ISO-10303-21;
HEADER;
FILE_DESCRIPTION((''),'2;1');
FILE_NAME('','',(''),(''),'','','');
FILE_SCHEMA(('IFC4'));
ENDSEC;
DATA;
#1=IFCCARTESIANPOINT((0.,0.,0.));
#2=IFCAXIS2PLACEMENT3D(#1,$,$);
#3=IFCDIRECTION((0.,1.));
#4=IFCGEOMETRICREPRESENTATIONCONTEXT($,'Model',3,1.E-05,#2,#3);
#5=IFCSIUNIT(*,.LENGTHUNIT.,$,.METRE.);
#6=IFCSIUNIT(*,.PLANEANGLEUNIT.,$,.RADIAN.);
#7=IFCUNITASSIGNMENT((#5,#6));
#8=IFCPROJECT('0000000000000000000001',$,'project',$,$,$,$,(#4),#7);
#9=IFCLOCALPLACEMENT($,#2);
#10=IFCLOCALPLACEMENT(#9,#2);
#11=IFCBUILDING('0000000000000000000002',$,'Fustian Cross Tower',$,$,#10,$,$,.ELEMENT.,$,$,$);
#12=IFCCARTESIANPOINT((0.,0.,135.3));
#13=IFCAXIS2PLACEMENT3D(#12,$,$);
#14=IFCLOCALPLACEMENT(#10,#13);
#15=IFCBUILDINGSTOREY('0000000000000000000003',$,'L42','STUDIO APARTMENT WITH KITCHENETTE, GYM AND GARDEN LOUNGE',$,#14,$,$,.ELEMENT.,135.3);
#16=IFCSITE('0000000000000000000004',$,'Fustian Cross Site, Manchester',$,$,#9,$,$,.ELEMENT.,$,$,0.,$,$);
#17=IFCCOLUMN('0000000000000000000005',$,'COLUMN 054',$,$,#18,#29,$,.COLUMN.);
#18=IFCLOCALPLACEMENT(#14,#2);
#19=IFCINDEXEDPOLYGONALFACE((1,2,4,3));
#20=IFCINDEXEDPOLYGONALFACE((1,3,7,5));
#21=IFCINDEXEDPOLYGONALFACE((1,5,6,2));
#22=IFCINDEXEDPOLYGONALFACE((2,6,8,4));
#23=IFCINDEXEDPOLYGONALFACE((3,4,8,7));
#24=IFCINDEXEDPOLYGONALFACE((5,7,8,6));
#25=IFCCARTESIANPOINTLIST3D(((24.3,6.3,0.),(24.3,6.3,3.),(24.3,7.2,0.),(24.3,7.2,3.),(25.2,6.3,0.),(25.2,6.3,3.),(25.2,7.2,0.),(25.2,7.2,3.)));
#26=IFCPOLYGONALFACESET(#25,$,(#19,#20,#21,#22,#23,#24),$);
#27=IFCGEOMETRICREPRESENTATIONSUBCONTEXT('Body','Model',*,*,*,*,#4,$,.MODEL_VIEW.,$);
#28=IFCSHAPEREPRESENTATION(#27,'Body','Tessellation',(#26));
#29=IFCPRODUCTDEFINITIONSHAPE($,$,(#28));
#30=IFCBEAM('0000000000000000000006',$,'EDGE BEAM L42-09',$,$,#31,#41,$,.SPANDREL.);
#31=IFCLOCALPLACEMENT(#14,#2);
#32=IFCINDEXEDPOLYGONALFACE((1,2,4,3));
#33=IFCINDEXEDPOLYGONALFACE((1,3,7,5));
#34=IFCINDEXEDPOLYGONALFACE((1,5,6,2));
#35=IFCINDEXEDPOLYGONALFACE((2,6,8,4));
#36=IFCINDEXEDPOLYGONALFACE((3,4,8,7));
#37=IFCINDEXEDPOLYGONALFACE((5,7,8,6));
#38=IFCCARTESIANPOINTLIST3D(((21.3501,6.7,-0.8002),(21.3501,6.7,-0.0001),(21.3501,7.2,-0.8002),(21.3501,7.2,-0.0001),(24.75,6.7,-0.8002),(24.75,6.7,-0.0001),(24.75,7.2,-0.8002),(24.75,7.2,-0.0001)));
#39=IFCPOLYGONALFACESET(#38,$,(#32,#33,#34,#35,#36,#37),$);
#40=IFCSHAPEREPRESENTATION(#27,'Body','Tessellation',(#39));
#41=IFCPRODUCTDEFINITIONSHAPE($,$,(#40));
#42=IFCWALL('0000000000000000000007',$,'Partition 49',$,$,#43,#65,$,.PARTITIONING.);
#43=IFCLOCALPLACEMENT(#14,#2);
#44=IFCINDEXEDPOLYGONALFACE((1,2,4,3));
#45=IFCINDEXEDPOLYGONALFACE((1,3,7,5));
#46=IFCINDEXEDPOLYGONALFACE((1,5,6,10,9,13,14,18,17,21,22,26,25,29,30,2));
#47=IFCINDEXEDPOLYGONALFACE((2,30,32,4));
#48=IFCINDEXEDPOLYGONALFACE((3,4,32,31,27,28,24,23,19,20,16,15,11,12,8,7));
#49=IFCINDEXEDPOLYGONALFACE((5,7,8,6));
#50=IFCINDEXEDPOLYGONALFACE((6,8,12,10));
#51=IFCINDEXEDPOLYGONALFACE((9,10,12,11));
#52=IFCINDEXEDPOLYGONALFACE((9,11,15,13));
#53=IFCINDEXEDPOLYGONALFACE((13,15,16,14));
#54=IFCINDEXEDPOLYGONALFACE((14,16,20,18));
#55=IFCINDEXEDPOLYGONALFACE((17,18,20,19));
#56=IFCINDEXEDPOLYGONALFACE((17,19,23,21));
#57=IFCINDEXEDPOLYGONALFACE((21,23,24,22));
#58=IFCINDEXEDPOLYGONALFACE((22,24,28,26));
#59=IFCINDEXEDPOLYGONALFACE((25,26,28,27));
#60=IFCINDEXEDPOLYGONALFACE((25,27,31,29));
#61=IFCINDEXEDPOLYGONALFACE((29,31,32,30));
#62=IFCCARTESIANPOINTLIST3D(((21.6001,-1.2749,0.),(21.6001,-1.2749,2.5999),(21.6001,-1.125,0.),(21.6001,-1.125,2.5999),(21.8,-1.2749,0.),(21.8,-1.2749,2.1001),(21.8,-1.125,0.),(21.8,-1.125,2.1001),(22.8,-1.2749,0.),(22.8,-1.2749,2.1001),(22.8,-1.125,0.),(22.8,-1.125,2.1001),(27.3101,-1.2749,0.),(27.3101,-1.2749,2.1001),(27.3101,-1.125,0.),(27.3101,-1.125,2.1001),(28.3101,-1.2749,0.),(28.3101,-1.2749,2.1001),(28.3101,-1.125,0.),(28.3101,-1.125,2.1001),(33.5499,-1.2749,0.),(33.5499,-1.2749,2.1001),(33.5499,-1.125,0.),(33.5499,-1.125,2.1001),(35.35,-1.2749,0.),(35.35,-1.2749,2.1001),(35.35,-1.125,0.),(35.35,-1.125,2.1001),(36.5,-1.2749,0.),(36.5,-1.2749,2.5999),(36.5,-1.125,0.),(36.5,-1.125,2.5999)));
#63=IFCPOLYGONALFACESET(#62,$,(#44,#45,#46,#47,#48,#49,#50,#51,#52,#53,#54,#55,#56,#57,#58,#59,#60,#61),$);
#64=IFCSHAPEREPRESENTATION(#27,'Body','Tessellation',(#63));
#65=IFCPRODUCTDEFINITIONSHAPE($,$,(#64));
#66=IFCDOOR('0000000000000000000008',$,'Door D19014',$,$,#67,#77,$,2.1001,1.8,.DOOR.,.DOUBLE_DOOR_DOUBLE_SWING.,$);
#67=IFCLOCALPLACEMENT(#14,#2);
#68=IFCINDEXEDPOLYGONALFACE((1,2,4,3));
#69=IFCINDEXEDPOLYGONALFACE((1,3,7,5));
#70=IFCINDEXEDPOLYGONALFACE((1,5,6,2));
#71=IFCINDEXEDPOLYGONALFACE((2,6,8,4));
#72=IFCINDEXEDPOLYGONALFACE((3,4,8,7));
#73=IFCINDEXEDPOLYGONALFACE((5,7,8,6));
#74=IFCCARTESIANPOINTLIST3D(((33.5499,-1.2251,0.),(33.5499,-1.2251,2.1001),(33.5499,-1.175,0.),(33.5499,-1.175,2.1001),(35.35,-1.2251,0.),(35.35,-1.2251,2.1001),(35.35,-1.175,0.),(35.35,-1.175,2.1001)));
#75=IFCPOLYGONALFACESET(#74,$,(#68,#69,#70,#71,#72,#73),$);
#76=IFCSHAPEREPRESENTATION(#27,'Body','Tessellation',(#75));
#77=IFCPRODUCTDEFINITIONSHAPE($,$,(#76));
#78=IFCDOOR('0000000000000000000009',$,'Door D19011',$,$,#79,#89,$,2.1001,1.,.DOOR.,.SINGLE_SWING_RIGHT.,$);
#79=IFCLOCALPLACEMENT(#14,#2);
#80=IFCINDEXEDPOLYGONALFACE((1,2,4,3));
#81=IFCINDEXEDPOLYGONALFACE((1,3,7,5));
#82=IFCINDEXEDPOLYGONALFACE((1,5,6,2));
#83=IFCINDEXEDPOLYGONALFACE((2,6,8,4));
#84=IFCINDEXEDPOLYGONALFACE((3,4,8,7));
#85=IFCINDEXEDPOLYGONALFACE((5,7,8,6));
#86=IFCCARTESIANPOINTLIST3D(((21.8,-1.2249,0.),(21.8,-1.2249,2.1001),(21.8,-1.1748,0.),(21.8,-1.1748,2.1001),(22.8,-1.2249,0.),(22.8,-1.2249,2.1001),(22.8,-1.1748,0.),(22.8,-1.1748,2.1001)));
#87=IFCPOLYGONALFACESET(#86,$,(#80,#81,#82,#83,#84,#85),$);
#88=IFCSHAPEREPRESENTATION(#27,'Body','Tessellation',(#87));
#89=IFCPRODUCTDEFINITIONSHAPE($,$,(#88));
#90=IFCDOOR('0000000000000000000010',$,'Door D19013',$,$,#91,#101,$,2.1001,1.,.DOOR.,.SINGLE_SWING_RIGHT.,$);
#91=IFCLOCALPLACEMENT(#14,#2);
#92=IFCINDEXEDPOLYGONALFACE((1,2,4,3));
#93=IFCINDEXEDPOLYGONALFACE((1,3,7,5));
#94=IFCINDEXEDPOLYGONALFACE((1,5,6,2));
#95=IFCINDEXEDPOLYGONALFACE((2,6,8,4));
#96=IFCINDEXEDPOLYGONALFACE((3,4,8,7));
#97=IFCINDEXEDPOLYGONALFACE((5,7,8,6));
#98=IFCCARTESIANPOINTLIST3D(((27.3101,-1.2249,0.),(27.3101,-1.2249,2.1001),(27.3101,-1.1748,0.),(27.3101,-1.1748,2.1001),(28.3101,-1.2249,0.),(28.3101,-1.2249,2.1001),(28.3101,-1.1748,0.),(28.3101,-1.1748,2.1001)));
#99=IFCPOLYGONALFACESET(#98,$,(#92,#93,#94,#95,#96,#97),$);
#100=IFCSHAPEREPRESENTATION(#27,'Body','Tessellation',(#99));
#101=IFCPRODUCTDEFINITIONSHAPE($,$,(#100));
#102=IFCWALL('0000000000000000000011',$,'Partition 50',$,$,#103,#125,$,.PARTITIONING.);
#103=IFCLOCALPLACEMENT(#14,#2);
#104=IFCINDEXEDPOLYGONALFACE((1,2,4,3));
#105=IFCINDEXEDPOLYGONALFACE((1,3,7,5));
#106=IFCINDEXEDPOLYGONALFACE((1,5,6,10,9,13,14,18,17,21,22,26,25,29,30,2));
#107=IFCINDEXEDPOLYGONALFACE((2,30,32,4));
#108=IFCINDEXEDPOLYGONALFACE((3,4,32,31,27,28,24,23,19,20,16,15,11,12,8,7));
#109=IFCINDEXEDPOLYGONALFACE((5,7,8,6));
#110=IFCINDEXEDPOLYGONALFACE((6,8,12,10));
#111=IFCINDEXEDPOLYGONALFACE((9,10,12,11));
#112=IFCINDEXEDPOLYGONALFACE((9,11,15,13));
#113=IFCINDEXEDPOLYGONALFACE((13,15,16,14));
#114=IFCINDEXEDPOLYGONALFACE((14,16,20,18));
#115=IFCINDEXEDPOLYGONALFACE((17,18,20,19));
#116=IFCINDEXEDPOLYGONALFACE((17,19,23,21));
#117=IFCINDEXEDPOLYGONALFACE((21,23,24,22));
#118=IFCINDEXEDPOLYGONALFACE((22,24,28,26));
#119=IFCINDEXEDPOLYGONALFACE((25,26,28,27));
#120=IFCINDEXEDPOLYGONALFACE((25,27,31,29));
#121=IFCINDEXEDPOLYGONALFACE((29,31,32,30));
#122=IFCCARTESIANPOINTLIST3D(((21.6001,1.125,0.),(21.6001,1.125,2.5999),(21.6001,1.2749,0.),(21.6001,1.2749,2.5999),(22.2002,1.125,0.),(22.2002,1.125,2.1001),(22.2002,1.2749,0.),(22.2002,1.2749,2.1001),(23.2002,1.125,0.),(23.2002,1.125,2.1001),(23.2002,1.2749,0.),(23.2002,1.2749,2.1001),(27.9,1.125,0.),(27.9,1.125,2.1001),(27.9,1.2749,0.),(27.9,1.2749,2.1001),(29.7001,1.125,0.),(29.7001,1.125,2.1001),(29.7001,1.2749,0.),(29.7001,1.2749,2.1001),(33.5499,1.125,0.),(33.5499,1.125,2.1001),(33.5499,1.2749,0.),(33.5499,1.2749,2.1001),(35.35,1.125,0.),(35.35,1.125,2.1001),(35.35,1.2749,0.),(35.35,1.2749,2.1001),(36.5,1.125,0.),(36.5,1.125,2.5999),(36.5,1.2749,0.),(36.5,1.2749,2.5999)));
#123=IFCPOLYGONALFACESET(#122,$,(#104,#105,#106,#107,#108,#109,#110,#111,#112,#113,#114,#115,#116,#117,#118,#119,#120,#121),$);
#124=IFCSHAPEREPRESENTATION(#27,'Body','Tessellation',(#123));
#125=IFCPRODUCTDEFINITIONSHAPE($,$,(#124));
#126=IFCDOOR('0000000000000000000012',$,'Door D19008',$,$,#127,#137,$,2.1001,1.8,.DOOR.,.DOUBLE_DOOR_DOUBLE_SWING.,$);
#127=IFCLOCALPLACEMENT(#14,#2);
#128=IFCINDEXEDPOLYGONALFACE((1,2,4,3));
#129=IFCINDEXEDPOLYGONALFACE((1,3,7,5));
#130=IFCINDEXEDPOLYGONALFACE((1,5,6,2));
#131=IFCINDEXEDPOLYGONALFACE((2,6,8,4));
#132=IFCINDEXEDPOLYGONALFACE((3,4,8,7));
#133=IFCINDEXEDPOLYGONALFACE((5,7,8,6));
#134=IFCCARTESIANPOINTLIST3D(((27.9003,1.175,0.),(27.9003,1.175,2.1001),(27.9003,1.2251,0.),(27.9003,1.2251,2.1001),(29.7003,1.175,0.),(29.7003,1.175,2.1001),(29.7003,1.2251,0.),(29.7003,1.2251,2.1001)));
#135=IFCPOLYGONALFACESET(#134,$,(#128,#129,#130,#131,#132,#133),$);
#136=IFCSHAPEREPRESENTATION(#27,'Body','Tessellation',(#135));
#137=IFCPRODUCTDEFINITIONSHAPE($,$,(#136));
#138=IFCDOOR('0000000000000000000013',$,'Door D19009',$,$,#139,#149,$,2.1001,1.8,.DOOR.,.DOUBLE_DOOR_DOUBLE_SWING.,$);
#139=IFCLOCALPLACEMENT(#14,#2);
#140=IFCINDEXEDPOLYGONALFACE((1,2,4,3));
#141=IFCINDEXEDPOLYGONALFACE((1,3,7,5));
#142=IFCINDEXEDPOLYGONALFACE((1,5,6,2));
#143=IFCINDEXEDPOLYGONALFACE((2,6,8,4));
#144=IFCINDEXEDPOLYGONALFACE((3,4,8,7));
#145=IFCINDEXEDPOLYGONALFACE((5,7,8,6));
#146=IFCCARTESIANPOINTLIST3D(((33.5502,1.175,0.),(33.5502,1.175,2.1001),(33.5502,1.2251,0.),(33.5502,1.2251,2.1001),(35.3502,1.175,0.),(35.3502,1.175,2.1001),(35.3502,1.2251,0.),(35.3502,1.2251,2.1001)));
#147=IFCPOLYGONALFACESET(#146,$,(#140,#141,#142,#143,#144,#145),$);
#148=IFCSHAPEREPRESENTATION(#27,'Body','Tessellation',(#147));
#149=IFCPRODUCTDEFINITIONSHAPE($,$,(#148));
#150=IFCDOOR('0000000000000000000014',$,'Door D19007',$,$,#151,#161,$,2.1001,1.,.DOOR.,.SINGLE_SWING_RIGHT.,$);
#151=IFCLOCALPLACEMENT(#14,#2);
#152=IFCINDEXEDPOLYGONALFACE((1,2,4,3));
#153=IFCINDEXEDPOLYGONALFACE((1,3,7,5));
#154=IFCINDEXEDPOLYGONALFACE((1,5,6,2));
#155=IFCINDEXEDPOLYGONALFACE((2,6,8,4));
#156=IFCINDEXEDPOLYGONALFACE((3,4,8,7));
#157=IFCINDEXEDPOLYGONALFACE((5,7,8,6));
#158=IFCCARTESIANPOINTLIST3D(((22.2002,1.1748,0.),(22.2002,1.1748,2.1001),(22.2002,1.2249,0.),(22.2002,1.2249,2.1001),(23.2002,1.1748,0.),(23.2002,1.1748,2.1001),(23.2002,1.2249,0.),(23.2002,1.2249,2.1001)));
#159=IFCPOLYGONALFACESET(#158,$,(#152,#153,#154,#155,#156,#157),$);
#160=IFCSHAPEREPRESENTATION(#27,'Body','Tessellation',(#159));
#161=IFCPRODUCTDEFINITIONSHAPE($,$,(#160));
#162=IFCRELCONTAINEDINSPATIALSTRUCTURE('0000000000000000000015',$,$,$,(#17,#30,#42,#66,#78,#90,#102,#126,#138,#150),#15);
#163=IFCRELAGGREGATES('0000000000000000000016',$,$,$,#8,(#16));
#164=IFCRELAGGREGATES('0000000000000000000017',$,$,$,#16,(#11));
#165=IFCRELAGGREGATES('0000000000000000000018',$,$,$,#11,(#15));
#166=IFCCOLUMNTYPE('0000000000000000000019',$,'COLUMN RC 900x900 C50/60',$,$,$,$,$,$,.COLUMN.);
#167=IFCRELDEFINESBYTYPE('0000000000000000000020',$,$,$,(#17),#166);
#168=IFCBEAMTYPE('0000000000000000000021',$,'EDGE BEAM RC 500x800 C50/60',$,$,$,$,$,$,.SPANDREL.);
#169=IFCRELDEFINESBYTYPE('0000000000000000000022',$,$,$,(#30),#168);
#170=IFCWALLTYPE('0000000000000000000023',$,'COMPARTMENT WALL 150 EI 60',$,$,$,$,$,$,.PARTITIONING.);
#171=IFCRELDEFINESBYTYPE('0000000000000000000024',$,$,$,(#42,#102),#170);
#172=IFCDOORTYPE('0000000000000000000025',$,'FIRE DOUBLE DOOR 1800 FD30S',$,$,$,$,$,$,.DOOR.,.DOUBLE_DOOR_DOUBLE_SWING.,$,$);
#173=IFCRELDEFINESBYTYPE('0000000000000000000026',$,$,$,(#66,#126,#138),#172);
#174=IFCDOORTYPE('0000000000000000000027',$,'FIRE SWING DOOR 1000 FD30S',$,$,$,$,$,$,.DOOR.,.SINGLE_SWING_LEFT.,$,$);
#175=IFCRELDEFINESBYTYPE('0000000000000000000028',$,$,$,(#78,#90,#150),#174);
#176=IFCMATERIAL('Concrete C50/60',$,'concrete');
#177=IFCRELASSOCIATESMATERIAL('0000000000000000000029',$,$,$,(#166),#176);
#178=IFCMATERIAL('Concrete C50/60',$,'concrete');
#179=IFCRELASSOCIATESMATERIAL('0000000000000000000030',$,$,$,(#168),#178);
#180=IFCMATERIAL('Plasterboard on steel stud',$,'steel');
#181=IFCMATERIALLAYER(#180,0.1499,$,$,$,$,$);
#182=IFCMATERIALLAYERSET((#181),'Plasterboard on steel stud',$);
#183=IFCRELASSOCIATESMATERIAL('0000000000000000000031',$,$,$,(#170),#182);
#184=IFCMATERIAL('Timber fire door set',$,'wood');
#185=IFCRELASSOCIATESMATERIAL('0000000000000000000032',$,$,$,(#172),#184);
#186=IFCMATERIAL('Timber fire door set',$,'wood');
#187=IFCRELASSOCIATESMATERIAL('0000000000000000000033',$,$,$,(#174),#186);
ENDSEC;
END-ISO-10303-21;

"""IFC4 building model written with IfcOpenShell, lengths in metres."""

from ifc_helpers import new_model, si_unit, direction, frame, frame_2d, origin, origin_2d, place, context, subcontext, project, spatial, rectangle, extrude, material, layer, layer_set, material_profile, profile_set, type_object, element, fill, save


model = new_model("IFC4")

# Units and contexts
model_context = context("Model", 3, precision=1e-05, world=origin(), true_north=direction((0.0, 1.0)))
body_context = subcontext(model_context, "Body", "Model", "MODEL_VIEW")
ifc_project = project(units=[si_unit("LENGTHUNIT", "METRE"), si_unit("PLANEANGLEUNIT", "RADIAN")], contexts=[model_context])

# Site, building, storey
site_placement = place(None, origin())
site = spatial("IfcSite", under=ifc_project, at=site_placement, Name="Fustian Cross Site, Manchester", CompositionType="ELEMENT", RefElevation=0.0)
building_placement = place(site_placement, origin())
building = spatial("IfcBuilding", under=site, at=building_placement, Name="Fustian Cross Tower", CompositionType="ELEMENT")
storey_placement = place(building_placement, frame((0.0, 0.0, 135.3)))
storey = spatial("IfcBuildingStorey", under=building, at=storey_placement, Name="L42", Description="STUDIO APARTMENT WITH KITCHENETTE, GYM AND GARDEN LOUNGE", CompositionType="ELEMENT", Elevation=135.3)

# Column
ifc_material_1 = material(Name="Concrete C50/60", Category="concrete")
ifc_material_profile_1 = material_profile(ifc_material_1, rectangle(XDim=0.8999, YDim=0.8999, at=origin_2d()), Name="RC 900x900")
ifc_profile_set_1 = profile_set([ifc_material_profile_1], Name="Concrete C50/60")
column_type = type_object("IfcColumnType", Name="COLUMN RC 900x900 C50/60", PredefinedType="COLUMN", material=ifc_profile_set_1)
column_placement = place(storey_placement, frame((24.75, 6.75, 0.0), z_axis=(0.0, 0.0, 1.0), x_axis=(1.0, 0.0, 0.0)))
element("IfcColumn", 1, at=column_placement, inside=storey, type_object=column_type, Name="COLUMN 054", PredefinedType="COLUMN", context=body_context, shape_type="SweptSolid", body=[
    extrude(rectangle(XDim=0.8999, YDim=0.8999, at=origin_2d()), origin(), (0.0, 0.0, 1.0), 3.0),
])

# Beam
ifc_material_2 = material(Name="Concrete C50/60", Category="concrete")
ifc_material_profile_2 = material_profile(ifc_material_2, rectangle(XDim=0.5, YDim=0.8, at=origin_2d()), Name="RC 500x800")
ifc_profile_set_2 = profile_set([ifc_material_profile_2], Name="Concrete C50/60")
beam_type = type_object("IfcBeamType", Name="EDGE BEAM RC 500x800 C50/60", PredefinedType="SPANDREL", material=ifc_profile_set_2)
beam_placement = place(storey_placement, frame((24.75, 6.95, -0.4001), z_axis=(-1.0, 0.0, 0.0), x_axis=(0.0, -1.0, 0.0)))
element("IfcBeam", 2, at=beam_placement, inside=storey, type_object=beam_type, Name="EDGE BEAM L42-09", PredefinedType="SPANDREL", context=body_context, shape_type="SweptSolid", body=[
    extrude(rectangle(XDim=0.5, YDim=0.8, at=origin_2d()), origin(), (0.0, 0.0, 1.0), 3.3999),
])

# Walls, openings, doors
ifc_material_3 = material(Name="Plasterboard on steel stud", Category="steel")
ifc_layer_1 = layer(ifc_material_3, 0.1499)
ifc_layer_set_1 = layer_set([ifc_layer_1], Name="Plasterboard on steel stud")
wall_type_1 = type_object("IfcWallType", Name="COMPARTMENT WALL 150 EI 60", PredefinedType="PARTITIONING", material=ifc_layer_set_1)
wall_1_placement = place(storey_placement, frame((21.6001, -1.2, 0.0), z_axis=(0.0, 0.0, 1.0), x_axis=(1.0, 0.0, 0.0)))
wall_1 = element("IfcWall", 3, at=wall_1_placement, inside=storey, type_object=wall_type_1, Name="Partition 49", PredefinedType="PARTITIONING", context=body_context, shape_type="SweptSolid", body=[
    extrude(rectangle(XDim=14.8999, YDim=0.1499, at=frame_2d((7.45, 0.0))), origin(), (0.0, 0.0, 1.0), 2.5999),
])
opening_1_placement = place(wall_1_placement, frame((0.2, 0.0, 0.0)))
opening_1 = element("IfcOpeningElement", 4, at=opening_1_placement, cuts=wall_1, PredefinedType="OPENING", context=body_context, shape_type="SweptSolid", body=[
    extrude(rectangle(XDim=1.0, YDim=2.1001, at=frame_2d((0.5, 1.05))), frame((0.0, 0.085, 0.0), z_axis=(0.0, -1.0, 0.0), x_axis=(1.0, 0.0, 0.0)), (0.0, 0.0, 1.0), 0.1699),
])
opening_2_placement = place(wall_1_placement, frame((5.71, 0.0, 0.0)))
opening_2 = element("IfcOpeningElement", 5, at=opening_2_placement, cuts=wall_1, PredefinedType="OPENING", context=body_context, shape_type="SweptSolid", body=[
    extrude(rectangle(XDim=1.0, YDim=2.1001, at=frame_2d((0.5, 1.05))), frame((0.0, 0.085, 0.0), z_axis=(0.0, -1.0, 0.0), x_axis=(1.0, 0.0, 0.0)), (0.0, 0.0, 1.0), 0.1699),
])
opening_3_placement = place(wall_1_placement, frame((11.95, 0.0, 0.0)))
opening_3 = element("IfcOpeningElement", 6, at=opening_3_placement, cuts=wall_1, PredefinedType="OPENING", context=body_context, shape_type="SweptSolid", body=[
    extrude(rectangle(XDim=1.8, YDim=2.1001, at=frame_2d((0.8999, 1.05))), frame((0.0, 0.085, 0.0), z_axis=(0.0, -1.0, 0.0), x_axis=(1.0, 0.0, 0.0)), (0.0, 0.0, 1.0), 0.1699),
])
ifc_material_4 = material(Name="Timber fire door set", Category="wood")
door_type_1 = type_object("IfcDoorType", Name="FIRE DOUBLE DOOR 1800 FD30S", OperationType="DOUBLE_DOOR_DOUBLE_SWING", PredefinedType="DOOR", material=ifc_material_4)
door_1_placement = place(opening_3_placement, origin())
door_1 = element("IfcDoor", 7, at=door_1_placement, inside=storey, type_object=door_type_1, Name="Door D19014", OperationType="DOUBLE_DOOR_DOUBLE_SWING", OverallHeight=2.1001, OverallWidth=1.8, PredefinedType="DOOR", context=body_context, shape_type="SweptSolid", body=[
    extrude(rectangle(XDim=1.8, YDim=2.1001, at=frame_2d((0.8999, 1.05))), frame((0.0, 0.0249, 0.0), z_axis=(0.0, -1.0, 0.0), x_axis=(1.0, 0.0, 0.0)), (0.0, 0.0, 1.0), 0.05),
])
fill(opening_3, door_1)
ifc_material_5 = material(Name="Timber fire door set", Category="wood")
door_type_2 = type_object("IfcDoorType", Name="FIRE SWING DOOR 1000 FD30S", OperationType="SINGLE_SWING_LEFT", PredefinedType="DOOR", material=ifc_material_5)
door_2_placement = place(opening_1_placement, frame((1.0, 0.0, 0.0), z_axis=(0.0, 0.0, 1.0), x_axis=(-1.0, 0.0, 0.0)))
door_2 = element("IfcDoor", 8, at=door_2_placement, inside=storey, type_object=door_type_2, Name="Door D19011", OperationType="SINGLE_SWING_RIGHT", OverallHeight=2.1001, OverallWidth=1.0, PredefinedType="DOOR", context=body_context, shape_type="SweptSolid", body=[
    extrude(rectangle(XDim=1.0, YDim=2.1001, at=frame_2d((0.5, 1.05))), frame((0.0, 0.0249, 0.0), z_axis=(0.0, -1.0, 0.0), x_axis=(1.0, 0.0, 0.0)), (0.0, 0.0, 1.0), 0.05),
])
fill(opening_1, door_2)
door_3_placement = place(opening_2_placement, frame((1.0, 0.0, 0.0), z_axis=(0.0, 0.0, 1.0), x_axis=(-1.0, 0.0, 0.0)))
door_3 = element("IfcDoor", 9, at=door_3_placement, inside=storey, type_object=door_type_2, Name="Door D19013", OperationType="SINGLE_SWING_RIGHT", OverallHeight=2.1001, OverallWidth=1.0, PredefinedType="DOOR", context=body_context, shape_type="SweptSolid", body=[
    extrude(rectangle(XDim=1.0, YDim=2.1001, at=frame_2d((0.5, 1.05))), frame((0.0, 0.0249, 0.0), z_axis=(0.0, -1.0, 0.0), x_axis=(1.0, 0.0, 0.0)), (0.0, 0.0, 1.0), 0.05),
])
fill(opening_2, door_3)
wall_2_placement = place(storey_placement, frame((21.6001, 1.2, 0.0), z_axis=(0.0, 0.0, 1.0), x_axis=(1.0, 0.0, 0.0)))
wall_2 = element("IfcWall", 10, at=wall_2_placement, inside=storey, type_object=wall_type_1, Name="Partition 50", PredefinedType="PARTITIONING", context=body_context, shape_type="SweptSolid", body=[
    extrude(rectangle(XDim=14.8999, YDim=0.1499, at=frame_2d((7.45, 0.0))), origin(), (0.0, 0.0, 1.0), 2.5999),
])
opening_4_placement = place(wall_2_placement, frame((0.6001, 0.0, 0.0)))
opening_4 = element("IfcOpeningElement", 11, at=opening_4_placement, cuts=wall_2, PredefinedType="OPENING", context=body_context, shape_type="SweptSolid", body=[
    extrude(rectangle(XDim=1.0, YDim=2.1001, at=frame_2d((0.5, 1.05))), frame((0.0, 0.085, 0.0), z_axis=(0.0, -1.0, 0.0), x_axis=(1.0, 0.0, 0.0)), (0.0, 0.0, 1.0), 0.1699),
])
opening_5_placement = place(wall_2_placement, frame((6.3, 0.0, 0.0)))
opening_5 = element("IfcOpeningElement", 12, at=opening_5_placement, cuts=wall_2, PredefinedType="OPENING", context=body_context, shape_type="SweptSolid", body=[
    extrude(rectangle(XDim=1.8, YDim=2.1001, at=frame_2d((0.8999, 1.05))), frame((0.0, 0.085, 0.0), z_axis=(0.0, -1.0, 0.0), x_axis=(1.0, 0.0, 0.0)), (0.0, 0.0, 1.0), 0.1699),
])
opening_6_placement = place(wall_2_placement, frame((11.95, 0.0, 0.0)))
opening_6 = element("IfcOpeningElement", 13, at=opening_6_placement, cuts=wall_2, PredefinedType="OPENING", context=body_context, shape_type="SweptSolid", body=[
    extrude(rectangle(XDim=1.8, YDim=2.1001, at=frame_2d((0.8999, 1.05))), frame((0.0, 0.085, 0.0), z_axis=(0.0, -1.0, 0.0), x_axis=(1.0, 0.0, 0.0)), (0.0, 0.0, 1.0), 0.1699),
])
door_4_placement = place(opening_5_placement, frame((1.8, 0.0, 0.0), z_axis=(0.0, 0.0, 1.0), x_axis=(-1.0, 0.0, 0.0)))
door_4 = element("IfcDoor", 14, at=door_4_placement, inside=storey, type_object=door_type_1, Name="Door D19008", OperationType="DOUBLE_DOOR_DOUBLE_SWING", OverallHeight=2.1001, OverallWidth=1.8, PredefinedType="DOOR", context=body_context, shape_type="SweptSolid", body=[
    extrude(rectangle(XDim=1.8, YDim=2.1001, at=frame_2d((0.8999, 1.05))), frame((0.0, 0.0249, 0.0), z_axis=(0.0, -1.0, 0.0), x_axis=(1.0, 0.0, 0.0)), (0.0, 0.0, 1.0), 0.05),
])
fill(opening_5, door_4)
door_5_placement = place(opening_6_placement, frame((1.8, 0.0, 0.0), z_axis=(0.0, 0.0, 1.0), x_axis=(-1.0, 0.0, 0.0)))
door_5 = element("IfcDoor", 15, at=door_5_placement, inside=storey, type_object=door_type_1, Name="Door D19009", OperationType="DOUBLE_DOOR_DOUBLE_SWING", OverallHeight=2.1001, OverallWidth=1.8, PredefinedType="DOOR", context=body_context, shape_type="SweptSolid", body=[
    extrude(rectangle(XDim=1.8, YDim=2.1001, at=frame_2d((0.8999, 1.05))), frame((0.0, 0.0249, 0.0), z_axis=(0.0, -1.0, 0.0), x_axis=(1.0, 0.0, 0.0)), (0.0, 0.0, 1.0), 0.05),
])
fill(opening_6, door_5)
door_6_placement = place(opening_4_placement, origin())
door_6 = element("IfcDoor", 16, at=door_6_placement, inside=storey, type_object=door_type_2, Name="Door D19007", OperationType="SINGLE_SWING_RIGHT", OverallHeight=2.1001, OverallWidth=1.0, PredefinedType="DOOR", context=body_context, shape_type="SweptSolid", body=[
    extrude(rectangle(XDim=1.0, YDim=2.1001, at=frame_2d((0.5, 1.05))), frame((0.0, 0.0249, 0.0), z_axis=(0.0, -1.0, 0.0), x_axis=(1.0, 0.0, 0.0)), (0.0, 0.0, 1.0), 0.05),
])
fill(opening_4, door_6)

save(model, "model.ifc")
